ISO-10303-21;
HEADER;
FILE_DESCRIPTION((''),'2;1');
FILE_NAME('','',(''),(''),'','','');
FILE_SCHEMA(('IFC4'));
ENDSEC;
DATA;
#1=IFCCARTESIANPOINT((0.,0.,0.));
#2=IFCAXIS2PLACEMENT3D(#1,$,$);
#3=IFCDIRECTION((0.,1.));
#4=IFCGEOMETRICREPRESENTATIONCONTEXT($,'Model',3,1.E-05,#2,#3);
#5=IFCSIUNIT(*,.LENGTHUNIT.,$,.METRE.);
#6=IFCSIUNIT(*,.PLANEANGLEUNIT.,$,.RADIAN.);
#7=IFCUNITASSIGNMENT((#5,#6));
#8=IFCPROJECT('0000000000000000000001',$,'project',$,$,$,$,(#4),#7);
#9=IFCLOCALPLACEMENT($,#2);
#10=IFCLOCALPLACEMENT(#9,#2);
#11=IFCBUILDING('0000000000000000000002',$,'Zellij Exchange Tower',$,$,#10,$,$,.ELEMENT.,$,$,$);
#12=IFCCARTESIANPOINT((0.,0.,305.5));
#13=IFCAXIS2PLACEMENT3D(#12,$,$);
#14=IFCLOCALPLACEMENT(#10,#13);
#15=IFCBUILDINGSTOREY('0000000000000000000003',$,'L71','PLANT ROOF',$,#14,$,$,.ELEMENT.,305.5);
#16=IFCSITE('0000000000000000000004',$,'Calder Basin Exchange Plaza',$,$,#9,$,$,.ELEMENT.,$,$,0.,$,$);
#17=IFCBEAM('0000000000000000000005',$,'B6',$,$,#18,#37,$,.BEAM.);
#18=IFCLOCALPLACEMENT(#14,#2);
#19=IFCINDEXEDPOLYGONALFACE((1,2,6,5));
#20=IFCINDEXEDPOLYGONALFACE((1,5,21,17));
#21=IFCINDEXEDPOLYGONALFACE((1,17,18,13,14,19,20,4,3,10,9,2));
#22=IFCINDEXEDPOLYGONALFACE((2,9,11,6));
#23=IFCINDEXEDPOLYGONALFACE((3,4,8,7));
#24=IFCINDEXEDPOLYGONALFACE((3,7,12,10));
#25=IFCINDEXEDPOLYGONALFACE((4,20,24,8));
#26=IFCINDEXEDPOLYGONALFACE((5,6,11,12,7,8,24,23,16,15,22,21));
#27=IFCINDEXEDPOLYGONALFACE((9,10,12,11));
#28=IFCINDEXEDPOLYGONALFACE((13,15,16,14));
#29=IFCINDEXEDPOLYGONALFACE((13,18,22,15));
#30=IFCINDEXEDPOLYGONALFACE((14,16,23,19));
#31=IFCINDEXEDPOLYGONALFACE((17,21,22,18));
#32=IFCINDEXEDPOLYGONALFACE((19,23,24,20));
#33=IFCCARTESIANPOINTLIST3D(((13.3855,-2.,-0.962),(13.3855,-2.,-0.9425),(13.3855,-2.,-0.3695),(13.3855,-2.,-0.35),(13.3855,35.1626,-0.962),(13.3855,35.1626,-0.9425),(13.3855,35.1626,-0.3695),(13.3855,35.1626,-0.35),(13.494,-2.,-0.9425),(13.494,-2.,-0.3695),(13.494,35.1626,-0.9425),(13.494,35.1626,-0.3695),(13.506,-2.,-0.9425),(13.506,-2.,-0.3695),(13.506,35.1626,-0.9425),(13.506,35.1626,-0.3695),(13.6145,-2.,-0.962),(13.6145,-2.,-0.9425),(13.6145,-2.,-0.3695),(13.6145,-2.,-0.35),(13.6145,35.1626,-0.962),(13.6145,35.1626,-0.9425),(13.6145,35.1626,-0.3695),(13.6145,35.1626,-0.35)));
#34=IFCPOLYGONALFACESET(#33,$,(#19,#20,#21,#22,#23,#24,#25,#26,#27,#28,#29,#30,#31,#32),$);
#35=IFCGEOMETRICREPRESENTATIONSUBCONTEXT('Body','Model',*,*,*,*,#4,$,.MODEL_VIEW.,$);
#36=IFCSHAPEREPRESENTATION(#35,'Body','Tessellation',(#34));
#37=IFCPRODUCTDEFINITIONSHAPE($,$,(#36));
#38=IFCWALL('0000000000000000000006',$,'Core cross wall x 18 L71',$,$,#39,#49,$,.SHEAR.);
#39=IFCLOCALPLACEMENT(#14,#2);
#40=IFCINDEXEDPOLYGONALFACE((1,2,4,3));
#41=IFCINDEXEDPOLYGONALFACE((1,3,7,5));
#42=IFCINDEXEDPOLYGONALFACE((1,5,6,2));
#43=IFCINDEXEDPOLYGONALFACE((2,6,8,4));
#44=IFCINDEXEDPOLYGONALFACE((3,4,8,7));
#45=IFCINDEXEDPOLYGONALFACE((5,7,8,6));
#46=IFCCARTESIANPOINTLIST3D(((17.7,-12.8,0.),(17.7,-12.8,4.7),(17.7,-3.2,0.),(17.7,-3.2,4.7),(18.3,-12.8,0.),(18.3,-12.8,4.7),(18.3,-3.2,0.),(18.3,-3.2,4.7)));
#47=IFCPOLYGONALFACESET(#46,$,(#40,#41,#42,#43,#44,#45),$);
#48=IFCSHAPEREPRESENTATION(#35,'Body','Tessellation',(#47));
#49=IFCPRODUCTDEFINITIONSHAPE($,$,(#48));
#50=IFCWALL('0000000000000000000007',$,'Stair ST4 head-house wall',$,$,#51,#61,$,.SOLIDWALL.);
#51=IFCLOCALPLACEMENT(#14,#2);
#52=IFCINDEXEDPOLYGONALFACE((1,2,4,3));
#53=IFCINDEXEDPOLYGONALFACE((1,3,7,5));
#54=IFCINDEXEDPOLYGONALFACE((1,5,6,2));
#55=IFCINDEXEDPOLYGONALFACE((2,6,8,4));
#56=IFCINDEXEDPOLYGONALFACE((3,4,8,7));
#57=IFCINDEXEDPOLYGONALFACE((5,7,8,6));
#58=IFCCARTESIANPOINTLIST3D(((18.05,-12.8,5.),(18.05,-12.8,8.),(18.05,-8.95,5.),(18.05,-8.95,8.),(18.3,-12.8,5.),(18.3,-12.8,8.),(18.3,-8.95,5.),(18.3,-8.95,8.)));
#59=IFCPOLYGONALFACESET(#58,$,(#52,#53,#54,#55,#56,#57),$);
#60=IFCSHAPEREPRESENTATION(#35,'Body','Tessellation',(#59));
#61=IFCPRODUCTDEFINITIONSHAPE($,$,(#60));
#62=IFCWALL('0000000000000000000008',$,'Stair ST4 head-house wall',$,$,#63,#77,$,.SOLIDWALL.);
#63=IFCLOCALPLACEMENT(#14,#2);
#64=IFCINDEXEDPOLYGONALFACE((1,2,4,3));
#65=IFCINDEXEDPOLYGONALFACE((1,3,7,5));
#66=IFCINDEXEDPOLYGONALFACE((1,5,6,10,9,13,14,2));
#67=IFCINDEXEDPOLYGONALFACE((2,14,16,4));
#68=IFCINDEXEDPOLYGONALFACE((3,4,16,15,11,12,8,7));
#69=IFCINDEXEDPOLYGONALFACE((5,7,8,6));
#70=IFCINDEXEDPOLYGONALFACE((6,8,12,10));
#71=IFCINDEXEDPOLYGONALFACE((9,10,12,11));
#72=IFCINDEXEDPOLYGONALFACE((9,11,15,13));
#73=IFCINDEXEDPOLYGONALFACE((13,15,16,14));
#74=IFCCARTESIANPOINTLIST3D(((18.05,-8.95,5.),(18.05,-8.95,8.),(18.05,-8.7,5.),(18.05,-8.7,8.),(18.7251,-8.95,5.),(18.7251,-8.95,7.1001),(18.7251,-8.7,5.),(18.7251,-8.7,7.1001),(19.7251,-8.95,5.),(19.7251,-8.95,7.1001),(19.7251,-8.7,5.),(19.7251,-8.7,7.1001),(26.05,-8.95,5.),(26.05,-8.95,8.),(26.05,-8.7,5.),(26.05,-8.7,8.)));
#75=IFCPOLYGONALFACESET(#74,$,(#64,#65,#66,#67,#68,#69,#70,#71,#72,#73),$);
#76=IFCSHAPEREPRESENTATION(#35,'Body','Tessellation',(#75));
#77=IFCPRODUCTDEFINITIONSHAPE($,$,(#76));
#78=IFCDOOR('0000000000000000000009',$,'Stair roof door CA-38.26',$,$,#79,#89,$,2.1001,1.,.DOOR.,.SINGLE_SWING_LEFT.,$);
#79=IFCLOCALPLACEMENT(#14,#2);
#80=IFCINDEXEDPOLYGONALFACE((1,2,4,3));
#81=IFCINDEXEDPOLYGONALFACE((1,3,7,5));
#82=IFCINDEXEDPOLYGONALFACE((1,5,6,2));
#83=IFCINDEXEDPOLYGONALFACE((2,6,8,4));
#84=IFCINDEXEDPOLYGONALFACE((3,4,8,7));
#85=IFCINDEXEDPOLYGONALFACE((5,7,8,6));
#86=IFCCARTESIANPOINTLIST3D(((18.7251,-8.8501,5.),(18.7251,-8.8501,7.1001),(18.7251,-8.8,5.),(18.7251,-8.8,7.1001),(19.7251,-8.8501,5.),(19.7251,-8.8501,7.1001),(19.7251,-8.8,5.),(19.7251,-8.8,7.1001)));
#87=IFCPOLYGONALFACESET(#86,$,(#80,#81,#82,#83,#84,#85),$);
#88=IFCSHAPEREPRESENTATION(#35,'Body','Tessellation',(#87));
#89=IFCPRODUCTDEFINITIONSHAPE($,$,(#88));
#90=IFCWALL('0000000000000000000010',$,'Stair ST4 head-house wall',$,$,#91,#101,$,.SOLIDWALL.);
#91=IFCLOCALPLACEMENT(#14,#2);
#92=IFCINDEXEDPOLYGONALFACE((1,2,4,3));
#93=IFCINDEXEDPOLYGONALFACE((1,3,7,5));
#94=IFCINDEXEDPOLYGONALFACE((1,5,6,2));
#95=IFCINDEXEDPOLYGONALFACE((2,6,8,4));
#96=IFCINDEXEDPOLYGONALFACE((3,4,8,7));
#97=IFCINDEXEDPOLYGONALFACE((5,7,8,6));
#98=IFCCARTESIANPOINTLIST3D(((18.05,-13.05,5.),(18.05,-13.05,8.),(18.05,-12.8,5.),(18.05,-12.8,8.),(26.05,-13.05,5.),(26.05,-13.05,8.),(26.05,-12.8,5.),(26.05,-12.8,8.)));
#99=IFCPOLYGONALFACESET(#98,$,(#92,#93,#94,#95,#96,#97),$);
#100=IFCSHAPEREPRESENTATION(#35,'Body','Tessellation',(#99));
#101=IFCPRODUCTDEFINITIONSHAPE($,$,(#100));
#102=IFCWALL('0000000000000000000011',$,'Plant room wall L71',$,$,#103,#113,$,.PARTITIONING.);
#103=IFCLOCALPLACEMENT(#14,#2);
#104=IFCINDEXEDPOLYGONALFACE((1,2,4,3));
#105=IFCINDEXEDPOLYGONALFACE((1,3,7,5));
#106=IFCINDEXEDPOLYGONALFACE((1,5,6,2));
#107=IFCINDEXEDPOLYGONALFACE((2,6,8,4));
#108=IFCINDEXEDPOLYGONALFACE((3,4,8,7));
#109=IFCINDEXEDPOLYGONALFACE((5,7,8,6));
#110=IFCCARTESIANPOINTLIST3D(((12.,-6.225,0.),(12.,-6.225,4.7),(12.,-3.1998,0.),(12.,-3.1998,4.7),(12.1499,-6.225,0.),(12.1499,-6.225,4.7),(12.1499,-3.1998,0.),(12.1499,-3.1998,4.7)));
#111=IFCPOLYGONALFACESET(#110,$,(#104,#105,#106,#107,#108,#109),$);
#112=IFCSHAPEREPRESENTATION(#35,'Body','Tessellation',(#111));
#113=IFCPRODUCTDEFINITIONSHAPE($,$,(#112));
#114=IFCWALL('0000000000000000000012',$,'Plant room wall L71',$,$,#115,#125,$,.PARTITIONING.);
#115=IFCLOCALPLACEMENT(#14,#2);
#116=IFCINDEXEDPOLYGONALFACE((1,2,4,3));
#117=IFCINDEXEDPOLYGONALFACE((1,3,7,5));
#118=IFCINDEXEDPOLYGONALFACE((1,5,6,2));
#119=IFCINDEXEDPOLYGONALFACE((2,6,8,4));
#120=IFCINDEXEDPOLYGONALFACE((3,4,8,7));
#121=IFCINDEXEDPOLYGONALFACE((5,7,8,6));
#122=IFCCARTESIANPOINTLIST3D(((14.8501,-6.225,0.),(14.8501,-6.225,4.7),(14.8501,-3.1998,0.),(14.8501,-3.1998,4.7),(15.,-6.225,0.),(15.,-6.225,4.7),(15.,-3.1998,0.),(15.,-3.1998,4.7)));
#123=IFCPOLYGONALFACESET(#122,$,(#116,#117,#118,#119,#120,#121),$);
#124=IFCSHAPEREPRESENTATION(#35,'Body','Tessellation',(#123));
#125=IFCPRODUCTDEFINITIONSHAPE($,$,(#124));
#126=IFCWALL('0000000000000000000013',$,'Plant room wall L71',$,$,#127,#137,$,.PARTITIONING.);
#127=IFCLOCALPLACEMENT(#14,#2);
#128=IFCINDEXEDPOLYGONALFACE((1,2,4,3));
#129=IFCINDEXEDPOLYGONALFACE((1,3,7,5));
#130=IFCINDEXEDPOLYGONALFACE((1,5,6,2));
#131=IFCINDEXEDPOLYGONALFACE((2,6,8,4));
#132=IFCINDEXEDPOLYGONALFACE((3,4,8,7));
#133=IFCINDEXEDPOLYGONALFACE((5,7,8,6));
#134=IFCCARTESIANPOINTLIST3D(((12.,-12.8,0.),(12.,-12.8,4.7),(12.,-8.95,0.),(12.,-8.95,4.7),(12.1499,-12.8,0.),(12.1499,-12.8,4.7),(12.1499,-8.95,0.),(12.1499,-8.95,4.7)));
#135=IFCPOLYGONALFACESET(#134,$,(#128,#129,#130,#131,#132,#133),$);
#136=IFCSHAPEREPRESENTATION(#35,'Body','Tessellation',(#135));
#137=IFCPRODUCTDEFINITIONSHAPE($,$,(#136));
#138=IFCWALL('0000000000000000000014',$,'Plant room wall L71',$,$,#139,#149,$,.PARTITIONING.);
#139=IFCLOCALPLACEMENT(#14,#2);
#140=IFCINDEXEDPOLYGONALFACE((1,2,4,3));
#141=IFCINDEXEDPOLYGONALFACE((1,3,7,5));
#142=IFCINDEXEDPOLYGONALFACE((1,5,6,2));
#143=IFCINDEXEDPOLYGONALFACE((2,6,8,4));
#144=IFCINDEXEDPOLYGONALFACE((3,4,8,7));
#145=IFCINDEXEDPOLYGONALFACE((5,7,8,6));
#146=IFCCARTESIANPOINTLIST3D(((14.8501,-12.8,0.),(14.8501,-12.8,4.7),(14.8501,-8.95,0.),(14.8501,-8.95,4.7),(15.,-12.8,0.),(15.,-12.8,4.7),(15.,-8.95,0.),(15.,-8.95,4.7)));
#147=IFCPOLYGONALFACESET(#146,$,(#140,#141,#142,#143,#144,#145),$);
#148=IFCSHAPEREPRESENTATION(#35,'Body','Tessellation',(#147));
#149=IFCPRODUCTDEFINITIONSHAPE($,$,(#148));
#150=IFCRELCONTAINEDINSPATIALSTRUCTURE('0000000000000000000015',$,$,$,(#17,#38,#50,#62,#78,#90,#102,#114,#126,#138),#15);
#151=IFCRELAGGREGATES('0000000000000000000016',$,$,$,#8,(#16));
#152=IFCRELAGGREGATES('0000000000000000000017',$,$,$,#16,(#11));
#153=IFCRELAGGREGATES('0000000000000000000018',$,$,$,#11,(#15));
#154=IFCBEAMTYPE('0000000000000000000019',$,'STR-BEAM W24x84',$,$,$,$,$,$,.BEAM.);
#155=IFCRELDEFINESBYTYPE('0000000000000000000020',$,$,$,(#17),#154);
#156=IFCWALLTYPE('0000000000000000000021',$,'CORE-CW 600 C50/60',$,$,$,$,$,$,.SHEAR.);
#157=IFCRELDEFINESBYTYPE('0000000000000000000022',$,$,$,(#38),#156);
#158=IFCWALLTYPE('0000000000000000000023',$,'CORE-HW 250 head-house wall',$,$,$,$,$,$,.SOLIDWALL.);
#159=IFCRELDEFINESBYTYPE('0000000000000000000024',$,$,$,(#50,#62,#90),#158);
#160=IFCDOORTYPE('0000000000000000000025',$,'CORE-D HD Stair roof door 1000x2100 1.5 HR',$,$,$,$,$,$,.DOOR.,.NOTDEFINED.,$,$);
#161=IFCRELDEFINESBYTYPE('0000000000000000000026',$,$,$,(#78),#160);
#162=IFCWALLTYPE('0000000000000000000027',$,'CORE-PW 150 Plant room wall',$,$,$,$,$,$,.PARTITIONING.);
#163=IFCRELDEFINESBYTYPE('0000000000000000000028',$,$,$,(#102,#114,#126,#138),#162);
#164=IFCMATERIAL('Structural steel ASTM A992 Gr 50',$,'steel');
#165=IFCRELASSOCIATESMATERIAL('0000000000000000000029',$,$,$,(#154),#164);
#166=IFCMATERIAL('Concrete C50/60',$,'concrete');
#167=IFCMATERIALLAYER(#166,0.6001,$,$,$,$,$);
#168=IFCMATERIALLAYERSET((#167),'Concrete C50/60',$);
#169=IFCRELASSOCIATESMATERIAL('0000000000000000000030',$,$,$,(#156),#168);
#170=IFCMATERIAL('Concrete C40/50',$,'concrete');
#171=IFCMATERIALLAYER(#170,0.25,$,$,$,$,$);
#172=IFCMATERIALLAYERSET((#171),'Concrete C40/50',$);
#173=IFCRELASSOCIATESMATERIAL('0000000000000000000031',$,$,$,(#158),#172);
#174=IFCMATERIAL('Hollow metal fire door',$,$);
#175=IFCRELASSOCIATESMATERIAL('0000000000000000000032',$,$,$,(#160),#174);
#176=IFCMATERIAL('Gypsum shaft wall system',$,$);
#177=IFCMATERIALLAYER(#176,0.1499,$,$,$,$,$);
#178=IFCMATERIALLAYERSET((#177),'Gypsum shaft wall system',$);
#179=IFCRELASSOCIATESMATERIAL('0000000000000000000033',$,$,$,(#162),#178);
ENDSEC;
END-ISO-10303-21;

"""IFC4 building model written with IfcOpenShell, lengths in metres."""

from ifc_helpers import new_model, si_unit, direction, frame, frame_2d, origin, origin_2d, place, context, subcontext, project, spatial, rectangle, i_section, extrude, material, layer, layer_set, material_profile, profile_set, type_object, element, fill, save


model = new_model("IFC4")

# Units and contexts
model_context = context("Model", 3, precision=1e-05, world=origin(), true_north=direction((0.0, 1.0)))
body_context = subcontext(model_context, "Body", "Model", "MODEL_VIEW")
ifc_project = project(units=[si_unit("LENGTHUNIT", "METRE"), si_unit("PLANEANGLEUNIT", "RADIAN")], contexts=[model_context])

# Site, building, storey
site_placement = place(None, origin())
site = spatial("IfcSite", under=ifc_project, at=site_placement, Name="Calder Basin Exchange Plaza", CompositionType="ELEMENT", RefElevation=0.0)
building_placement = place(site_placement, origin())
building = spatial("IfcBuilding", under=site, at=building_placement, Name="Zellij Exchange Tower", CompositionType="ELEMENT")
storey_placement = place(building_placement, frame((0.0, 0.0, 305.5)))
storey = spatial("IfcBuildingStorey", under=building, at=storey_placement, Name="L71", Description="PLANT ROOF", CompositionType="ELEMENT", Elevation=305.5)

# Beam
ifc_material_1 = material(Name="Structural steel ASTM A992 Gr 50", Category="steel")
ifc_material_profile = material_profile(ifc_material_1, i_section(OverallWidth=0.229, OverallDepth=0.6121, WebThickness=0.012, FlangeThickness=0.0195, at=origin_2d()), Name="W24x84")
ifc_profile_set = profile_set([ifc_material_profile], Name="Structural steel ASTM A992 Gr 50")
beam_type = type_object("IfcBeamType", Name="STR-BEAM W24x84", PredefinedType="BEAM", material=ifc_profile_set)
beam_placement = place(storey_placement, frame((13.5, -2.0, -0.656), z_axis=(0.0, 1.0, 0.0), x_axis=(-1.0, 0.0, 0.0)))
element("IfcBeam", 1, at=beam_placement, inside=storey, type_object=beam_type, Name="B6", PredefinedType="BEAM", context=body_context, shape_type="SweptSolid", body=[
    extrude(i_section(OverallWidth=0.229, OverallDepth=0.6121, WebThickness=0.012, FlangeThickness=0.0195, at=origin_2d()), origin(), (0.0, 0.0, 1.0), 37.1626),
])

# Walls
ifc_material_2 = material(Name="Concrete C50/60", Category="concrete")
ifc_layer_1 = layer(ifc_material_2, 0.6001)
ifc_layer_set_1 = layer_set([ifc_layer_1], Name="Concrete C50/60")
wall_type_1 = type_object("IfcWallType", Name="CORE-CW 600 C50/60", PredefinedType="SHEAR", material=ifc_layer_set_1)
wall_1_placement = place(storey_placement, frame((18.0, -12.8, 0.0), z_axis=(0.0, 0.0, 1.0), x_axis=(0.0, 1.0, 0.0)))
element("IfcWall", 2, at=wall_1_placement, inside=storey, type_object=wall_type_1, Name="Core cross wall x 18 L71", PredefinedType="SHEAR", context=body_context, shape_type="SweptSolid", body=[
    extrude(rectangle(XDim=9.6001, YDim=0.6001, at=frame_2d((4.8, 0.0))), origin(), (0.0, 0.0, 1.0), 4.7),
])
ifc_material_3 = material(Name="Concrete C40/50", Category="concrete")
ifc_layer_2 = layer(ifc_material_3, 0.25)
ifc_layer_set_2 = layer_set([ifc_layer_2], Name="Concrete C40/50")
wall_type_2 = type_object("IfcWallType", Name="CORE-HW 250 head-house wall", PredefinedType="SOLIDWALL", material=ifc_layer_set_2)
wall_2_placement = place(storey_placement, frame((18.175, -12.8, 5.0), z_axis=(0.0, 0.0, 1.0), x_axis=(0.0, 1.0, 0.0)))
element("IfcWall", 3, at=wall_2_placement, inside=storey, type_object=wall_type_2, Name="Stair ST4 head-house wall", PredefinedType="SOLIDWALL", context=body_context, shape_type="SweptSolid", body=[
    extrude(rectangle(XDim=3.8501, YDim=0.25, at=frame_2d((1.925, 0.0))), origin(), (0.0, 0.0, 1.0), 3.0),
])

# Wall, opening, door
wall_3_placement = place(storey_placement, frame((18.05, -8.825, 5.0), z_axis=(0.0, 0.0, 1.0), x_axis=(1.0, 0.0, 0.0)))
wall_3 = element("IfcWall", 4, at=wall_3_placement, inside=storey, type_object=wall_type_2, Name="Stair ST4 head-house wall", PredefinedType="SOLIDWALL", context=body_context, shape_type="SweptSolid", body=[
    extrude(rectangle(XDim=8.0, YDim=0.25, at=frame_2d((4.0, 0.0))), origin(), (0.0, 0.0, 1.0), 3.0),
])
opening_1_placement = place(wall_3_placement, frame((0.675, 0.0, 0.0)))
opening_1 = element("IfcOpeningElement", 5, at=opening_1_placement, cuts=wall_3, PredefinedType="OPENING", context=body_context, shape_type="SweptSolid", body=[
    extrude(rectangle(XDim=1.0, YDim=2.1001, at=frame_2d((0.5, 1.05))), frame((0.0, 0.137, 0.0), z_axis=(0.0, -1.0, 0.0), x_axis=(1.0, 0.0, 0.0)), (0.0, 0.0, 1.0), 0.2739),
])
ifc_material_4 = material(Name="Hollow metal fire door")
door_type_1 = type_object("IfcDoorType", Name="CORE-D HD Stair roof door 1000x2100 1.5 HR", OperationType="NOTDEFINED", PredefinedType="DOOR", material=ifc_material_4)
door_1_placement = place(opening_1_placement, origin())
door_1 = element("IfcDoor", 6, at=door_1_placement, inside=storey, type_object=door_type_1, Name="Stair roof door CA-38.26", OperationType="SINGLE_SWING_LEFT", OverallHeight=2.1001, OverallWidth=1.0, PredefinedType="DOOR", context=body_context, shape_type="SweptSolid", body=[
    extrude(rectangle(XDim=1.0, YDim=2.1001, at=frame_2d((0.5, 1.05))), frame((0.0, 0.0249, 0.0), z_axis=(0.0, -1.0, 0.0), x_axis=(1.0, 0.0, 0.0)), (0.0, 0.0, 1.0), 0.05),
])
fill(opening_1, door_1)

# Walls
wall_4_placement = place(storey_placement, frame((18.05, -12.925, 5.0), z_axis=(0.0, 0.0, 1.0), x_axis=(1.0, 0.0, 0.0)))
element("IfcWall", 7, at=wall_4_placement, inside=storey, type_object=wall_type_2, Name="Stair ST4 head-house wall", PredefinedType="SOLIDWALL", context=body_context, shape_type="SweptSolid", body=[
    extrude(rectangle(XDim=8.0, YDim=0.25, at=frame_2d((4.0, 0.0))), origin(), (0.0, 0.0, 1.0), 3.0),
])
ifc_material_5 = material(Name="Gypsum shaft wall system")
ifc_layer_3 = layer(ifc_material_5, 0.1499)
ifc_layer_set_3 = layer_set([ifc_layer_3], Name="Gypsum shaft wall system")
wall_type_3 = type_object("IfcWallType", Name="CORE-PW 150 Plant room wall", PredefinedType="PARTITIONING", material=ifc_layer_set_3)
for number, where, z_axis, x_axis, name in (
    (8, (12.075, -6.2251, 0.0), (0.0, 0.0, 1.0), (0.0, 1.0, 0.0), "Plant room wall L71"),
    (9, (14.925, -6.2251, 0.0), (0.0, 0.0, 1.0), (0.0, 1.0, 0.0), "Plant room wall L71"),
):
    element("IfcWall", number, at=place(storey_placement, frame(where, z_axis=z_axis, x_axis=x_axis)), inside=storey, type_object=wall_type_3, Name=name, PredefinedType="PARTITIONING", context=body_context, shape_type="SweptSolid", body=[
        extrude(rectangle(XDim=3.0251, YDim=0.1499, at=frame_2d((1.5127, 0.0))), origin(), (0.0, 0.0, 1.0), 4.7),
    ])
for number, where, z_axis, x_axis, name in (
    (10, (12.075, -12.8, 0.0), (0.0, 0.0, 1.0), (0.0, 1.0, 0.0), "Plant room wall L71"),
    (11, (14.925, -12.8, 0.0), (0.0, 0.0, 1.0), (0.0, 1.0, 0.0), "Plant room wall L71"),
):
    element("IfcWall", number, at=place(storey_placement, frame(where, z_axis=z_axis, x_axis=x_axis)), inside=storey, type_object=wall_type_3, Name=name, PredefinedType="PARTITIONING", context=body_context, shape_type="SweptSolid", body=[
        extrude(rectangle(XDim=3.8501, YDim=0.1499, at=frame_2d((1.925, 0.0))), origin(), (0.0, 0.0, 1.0), 4.7),
    ])

save(model, "model.ifc")
